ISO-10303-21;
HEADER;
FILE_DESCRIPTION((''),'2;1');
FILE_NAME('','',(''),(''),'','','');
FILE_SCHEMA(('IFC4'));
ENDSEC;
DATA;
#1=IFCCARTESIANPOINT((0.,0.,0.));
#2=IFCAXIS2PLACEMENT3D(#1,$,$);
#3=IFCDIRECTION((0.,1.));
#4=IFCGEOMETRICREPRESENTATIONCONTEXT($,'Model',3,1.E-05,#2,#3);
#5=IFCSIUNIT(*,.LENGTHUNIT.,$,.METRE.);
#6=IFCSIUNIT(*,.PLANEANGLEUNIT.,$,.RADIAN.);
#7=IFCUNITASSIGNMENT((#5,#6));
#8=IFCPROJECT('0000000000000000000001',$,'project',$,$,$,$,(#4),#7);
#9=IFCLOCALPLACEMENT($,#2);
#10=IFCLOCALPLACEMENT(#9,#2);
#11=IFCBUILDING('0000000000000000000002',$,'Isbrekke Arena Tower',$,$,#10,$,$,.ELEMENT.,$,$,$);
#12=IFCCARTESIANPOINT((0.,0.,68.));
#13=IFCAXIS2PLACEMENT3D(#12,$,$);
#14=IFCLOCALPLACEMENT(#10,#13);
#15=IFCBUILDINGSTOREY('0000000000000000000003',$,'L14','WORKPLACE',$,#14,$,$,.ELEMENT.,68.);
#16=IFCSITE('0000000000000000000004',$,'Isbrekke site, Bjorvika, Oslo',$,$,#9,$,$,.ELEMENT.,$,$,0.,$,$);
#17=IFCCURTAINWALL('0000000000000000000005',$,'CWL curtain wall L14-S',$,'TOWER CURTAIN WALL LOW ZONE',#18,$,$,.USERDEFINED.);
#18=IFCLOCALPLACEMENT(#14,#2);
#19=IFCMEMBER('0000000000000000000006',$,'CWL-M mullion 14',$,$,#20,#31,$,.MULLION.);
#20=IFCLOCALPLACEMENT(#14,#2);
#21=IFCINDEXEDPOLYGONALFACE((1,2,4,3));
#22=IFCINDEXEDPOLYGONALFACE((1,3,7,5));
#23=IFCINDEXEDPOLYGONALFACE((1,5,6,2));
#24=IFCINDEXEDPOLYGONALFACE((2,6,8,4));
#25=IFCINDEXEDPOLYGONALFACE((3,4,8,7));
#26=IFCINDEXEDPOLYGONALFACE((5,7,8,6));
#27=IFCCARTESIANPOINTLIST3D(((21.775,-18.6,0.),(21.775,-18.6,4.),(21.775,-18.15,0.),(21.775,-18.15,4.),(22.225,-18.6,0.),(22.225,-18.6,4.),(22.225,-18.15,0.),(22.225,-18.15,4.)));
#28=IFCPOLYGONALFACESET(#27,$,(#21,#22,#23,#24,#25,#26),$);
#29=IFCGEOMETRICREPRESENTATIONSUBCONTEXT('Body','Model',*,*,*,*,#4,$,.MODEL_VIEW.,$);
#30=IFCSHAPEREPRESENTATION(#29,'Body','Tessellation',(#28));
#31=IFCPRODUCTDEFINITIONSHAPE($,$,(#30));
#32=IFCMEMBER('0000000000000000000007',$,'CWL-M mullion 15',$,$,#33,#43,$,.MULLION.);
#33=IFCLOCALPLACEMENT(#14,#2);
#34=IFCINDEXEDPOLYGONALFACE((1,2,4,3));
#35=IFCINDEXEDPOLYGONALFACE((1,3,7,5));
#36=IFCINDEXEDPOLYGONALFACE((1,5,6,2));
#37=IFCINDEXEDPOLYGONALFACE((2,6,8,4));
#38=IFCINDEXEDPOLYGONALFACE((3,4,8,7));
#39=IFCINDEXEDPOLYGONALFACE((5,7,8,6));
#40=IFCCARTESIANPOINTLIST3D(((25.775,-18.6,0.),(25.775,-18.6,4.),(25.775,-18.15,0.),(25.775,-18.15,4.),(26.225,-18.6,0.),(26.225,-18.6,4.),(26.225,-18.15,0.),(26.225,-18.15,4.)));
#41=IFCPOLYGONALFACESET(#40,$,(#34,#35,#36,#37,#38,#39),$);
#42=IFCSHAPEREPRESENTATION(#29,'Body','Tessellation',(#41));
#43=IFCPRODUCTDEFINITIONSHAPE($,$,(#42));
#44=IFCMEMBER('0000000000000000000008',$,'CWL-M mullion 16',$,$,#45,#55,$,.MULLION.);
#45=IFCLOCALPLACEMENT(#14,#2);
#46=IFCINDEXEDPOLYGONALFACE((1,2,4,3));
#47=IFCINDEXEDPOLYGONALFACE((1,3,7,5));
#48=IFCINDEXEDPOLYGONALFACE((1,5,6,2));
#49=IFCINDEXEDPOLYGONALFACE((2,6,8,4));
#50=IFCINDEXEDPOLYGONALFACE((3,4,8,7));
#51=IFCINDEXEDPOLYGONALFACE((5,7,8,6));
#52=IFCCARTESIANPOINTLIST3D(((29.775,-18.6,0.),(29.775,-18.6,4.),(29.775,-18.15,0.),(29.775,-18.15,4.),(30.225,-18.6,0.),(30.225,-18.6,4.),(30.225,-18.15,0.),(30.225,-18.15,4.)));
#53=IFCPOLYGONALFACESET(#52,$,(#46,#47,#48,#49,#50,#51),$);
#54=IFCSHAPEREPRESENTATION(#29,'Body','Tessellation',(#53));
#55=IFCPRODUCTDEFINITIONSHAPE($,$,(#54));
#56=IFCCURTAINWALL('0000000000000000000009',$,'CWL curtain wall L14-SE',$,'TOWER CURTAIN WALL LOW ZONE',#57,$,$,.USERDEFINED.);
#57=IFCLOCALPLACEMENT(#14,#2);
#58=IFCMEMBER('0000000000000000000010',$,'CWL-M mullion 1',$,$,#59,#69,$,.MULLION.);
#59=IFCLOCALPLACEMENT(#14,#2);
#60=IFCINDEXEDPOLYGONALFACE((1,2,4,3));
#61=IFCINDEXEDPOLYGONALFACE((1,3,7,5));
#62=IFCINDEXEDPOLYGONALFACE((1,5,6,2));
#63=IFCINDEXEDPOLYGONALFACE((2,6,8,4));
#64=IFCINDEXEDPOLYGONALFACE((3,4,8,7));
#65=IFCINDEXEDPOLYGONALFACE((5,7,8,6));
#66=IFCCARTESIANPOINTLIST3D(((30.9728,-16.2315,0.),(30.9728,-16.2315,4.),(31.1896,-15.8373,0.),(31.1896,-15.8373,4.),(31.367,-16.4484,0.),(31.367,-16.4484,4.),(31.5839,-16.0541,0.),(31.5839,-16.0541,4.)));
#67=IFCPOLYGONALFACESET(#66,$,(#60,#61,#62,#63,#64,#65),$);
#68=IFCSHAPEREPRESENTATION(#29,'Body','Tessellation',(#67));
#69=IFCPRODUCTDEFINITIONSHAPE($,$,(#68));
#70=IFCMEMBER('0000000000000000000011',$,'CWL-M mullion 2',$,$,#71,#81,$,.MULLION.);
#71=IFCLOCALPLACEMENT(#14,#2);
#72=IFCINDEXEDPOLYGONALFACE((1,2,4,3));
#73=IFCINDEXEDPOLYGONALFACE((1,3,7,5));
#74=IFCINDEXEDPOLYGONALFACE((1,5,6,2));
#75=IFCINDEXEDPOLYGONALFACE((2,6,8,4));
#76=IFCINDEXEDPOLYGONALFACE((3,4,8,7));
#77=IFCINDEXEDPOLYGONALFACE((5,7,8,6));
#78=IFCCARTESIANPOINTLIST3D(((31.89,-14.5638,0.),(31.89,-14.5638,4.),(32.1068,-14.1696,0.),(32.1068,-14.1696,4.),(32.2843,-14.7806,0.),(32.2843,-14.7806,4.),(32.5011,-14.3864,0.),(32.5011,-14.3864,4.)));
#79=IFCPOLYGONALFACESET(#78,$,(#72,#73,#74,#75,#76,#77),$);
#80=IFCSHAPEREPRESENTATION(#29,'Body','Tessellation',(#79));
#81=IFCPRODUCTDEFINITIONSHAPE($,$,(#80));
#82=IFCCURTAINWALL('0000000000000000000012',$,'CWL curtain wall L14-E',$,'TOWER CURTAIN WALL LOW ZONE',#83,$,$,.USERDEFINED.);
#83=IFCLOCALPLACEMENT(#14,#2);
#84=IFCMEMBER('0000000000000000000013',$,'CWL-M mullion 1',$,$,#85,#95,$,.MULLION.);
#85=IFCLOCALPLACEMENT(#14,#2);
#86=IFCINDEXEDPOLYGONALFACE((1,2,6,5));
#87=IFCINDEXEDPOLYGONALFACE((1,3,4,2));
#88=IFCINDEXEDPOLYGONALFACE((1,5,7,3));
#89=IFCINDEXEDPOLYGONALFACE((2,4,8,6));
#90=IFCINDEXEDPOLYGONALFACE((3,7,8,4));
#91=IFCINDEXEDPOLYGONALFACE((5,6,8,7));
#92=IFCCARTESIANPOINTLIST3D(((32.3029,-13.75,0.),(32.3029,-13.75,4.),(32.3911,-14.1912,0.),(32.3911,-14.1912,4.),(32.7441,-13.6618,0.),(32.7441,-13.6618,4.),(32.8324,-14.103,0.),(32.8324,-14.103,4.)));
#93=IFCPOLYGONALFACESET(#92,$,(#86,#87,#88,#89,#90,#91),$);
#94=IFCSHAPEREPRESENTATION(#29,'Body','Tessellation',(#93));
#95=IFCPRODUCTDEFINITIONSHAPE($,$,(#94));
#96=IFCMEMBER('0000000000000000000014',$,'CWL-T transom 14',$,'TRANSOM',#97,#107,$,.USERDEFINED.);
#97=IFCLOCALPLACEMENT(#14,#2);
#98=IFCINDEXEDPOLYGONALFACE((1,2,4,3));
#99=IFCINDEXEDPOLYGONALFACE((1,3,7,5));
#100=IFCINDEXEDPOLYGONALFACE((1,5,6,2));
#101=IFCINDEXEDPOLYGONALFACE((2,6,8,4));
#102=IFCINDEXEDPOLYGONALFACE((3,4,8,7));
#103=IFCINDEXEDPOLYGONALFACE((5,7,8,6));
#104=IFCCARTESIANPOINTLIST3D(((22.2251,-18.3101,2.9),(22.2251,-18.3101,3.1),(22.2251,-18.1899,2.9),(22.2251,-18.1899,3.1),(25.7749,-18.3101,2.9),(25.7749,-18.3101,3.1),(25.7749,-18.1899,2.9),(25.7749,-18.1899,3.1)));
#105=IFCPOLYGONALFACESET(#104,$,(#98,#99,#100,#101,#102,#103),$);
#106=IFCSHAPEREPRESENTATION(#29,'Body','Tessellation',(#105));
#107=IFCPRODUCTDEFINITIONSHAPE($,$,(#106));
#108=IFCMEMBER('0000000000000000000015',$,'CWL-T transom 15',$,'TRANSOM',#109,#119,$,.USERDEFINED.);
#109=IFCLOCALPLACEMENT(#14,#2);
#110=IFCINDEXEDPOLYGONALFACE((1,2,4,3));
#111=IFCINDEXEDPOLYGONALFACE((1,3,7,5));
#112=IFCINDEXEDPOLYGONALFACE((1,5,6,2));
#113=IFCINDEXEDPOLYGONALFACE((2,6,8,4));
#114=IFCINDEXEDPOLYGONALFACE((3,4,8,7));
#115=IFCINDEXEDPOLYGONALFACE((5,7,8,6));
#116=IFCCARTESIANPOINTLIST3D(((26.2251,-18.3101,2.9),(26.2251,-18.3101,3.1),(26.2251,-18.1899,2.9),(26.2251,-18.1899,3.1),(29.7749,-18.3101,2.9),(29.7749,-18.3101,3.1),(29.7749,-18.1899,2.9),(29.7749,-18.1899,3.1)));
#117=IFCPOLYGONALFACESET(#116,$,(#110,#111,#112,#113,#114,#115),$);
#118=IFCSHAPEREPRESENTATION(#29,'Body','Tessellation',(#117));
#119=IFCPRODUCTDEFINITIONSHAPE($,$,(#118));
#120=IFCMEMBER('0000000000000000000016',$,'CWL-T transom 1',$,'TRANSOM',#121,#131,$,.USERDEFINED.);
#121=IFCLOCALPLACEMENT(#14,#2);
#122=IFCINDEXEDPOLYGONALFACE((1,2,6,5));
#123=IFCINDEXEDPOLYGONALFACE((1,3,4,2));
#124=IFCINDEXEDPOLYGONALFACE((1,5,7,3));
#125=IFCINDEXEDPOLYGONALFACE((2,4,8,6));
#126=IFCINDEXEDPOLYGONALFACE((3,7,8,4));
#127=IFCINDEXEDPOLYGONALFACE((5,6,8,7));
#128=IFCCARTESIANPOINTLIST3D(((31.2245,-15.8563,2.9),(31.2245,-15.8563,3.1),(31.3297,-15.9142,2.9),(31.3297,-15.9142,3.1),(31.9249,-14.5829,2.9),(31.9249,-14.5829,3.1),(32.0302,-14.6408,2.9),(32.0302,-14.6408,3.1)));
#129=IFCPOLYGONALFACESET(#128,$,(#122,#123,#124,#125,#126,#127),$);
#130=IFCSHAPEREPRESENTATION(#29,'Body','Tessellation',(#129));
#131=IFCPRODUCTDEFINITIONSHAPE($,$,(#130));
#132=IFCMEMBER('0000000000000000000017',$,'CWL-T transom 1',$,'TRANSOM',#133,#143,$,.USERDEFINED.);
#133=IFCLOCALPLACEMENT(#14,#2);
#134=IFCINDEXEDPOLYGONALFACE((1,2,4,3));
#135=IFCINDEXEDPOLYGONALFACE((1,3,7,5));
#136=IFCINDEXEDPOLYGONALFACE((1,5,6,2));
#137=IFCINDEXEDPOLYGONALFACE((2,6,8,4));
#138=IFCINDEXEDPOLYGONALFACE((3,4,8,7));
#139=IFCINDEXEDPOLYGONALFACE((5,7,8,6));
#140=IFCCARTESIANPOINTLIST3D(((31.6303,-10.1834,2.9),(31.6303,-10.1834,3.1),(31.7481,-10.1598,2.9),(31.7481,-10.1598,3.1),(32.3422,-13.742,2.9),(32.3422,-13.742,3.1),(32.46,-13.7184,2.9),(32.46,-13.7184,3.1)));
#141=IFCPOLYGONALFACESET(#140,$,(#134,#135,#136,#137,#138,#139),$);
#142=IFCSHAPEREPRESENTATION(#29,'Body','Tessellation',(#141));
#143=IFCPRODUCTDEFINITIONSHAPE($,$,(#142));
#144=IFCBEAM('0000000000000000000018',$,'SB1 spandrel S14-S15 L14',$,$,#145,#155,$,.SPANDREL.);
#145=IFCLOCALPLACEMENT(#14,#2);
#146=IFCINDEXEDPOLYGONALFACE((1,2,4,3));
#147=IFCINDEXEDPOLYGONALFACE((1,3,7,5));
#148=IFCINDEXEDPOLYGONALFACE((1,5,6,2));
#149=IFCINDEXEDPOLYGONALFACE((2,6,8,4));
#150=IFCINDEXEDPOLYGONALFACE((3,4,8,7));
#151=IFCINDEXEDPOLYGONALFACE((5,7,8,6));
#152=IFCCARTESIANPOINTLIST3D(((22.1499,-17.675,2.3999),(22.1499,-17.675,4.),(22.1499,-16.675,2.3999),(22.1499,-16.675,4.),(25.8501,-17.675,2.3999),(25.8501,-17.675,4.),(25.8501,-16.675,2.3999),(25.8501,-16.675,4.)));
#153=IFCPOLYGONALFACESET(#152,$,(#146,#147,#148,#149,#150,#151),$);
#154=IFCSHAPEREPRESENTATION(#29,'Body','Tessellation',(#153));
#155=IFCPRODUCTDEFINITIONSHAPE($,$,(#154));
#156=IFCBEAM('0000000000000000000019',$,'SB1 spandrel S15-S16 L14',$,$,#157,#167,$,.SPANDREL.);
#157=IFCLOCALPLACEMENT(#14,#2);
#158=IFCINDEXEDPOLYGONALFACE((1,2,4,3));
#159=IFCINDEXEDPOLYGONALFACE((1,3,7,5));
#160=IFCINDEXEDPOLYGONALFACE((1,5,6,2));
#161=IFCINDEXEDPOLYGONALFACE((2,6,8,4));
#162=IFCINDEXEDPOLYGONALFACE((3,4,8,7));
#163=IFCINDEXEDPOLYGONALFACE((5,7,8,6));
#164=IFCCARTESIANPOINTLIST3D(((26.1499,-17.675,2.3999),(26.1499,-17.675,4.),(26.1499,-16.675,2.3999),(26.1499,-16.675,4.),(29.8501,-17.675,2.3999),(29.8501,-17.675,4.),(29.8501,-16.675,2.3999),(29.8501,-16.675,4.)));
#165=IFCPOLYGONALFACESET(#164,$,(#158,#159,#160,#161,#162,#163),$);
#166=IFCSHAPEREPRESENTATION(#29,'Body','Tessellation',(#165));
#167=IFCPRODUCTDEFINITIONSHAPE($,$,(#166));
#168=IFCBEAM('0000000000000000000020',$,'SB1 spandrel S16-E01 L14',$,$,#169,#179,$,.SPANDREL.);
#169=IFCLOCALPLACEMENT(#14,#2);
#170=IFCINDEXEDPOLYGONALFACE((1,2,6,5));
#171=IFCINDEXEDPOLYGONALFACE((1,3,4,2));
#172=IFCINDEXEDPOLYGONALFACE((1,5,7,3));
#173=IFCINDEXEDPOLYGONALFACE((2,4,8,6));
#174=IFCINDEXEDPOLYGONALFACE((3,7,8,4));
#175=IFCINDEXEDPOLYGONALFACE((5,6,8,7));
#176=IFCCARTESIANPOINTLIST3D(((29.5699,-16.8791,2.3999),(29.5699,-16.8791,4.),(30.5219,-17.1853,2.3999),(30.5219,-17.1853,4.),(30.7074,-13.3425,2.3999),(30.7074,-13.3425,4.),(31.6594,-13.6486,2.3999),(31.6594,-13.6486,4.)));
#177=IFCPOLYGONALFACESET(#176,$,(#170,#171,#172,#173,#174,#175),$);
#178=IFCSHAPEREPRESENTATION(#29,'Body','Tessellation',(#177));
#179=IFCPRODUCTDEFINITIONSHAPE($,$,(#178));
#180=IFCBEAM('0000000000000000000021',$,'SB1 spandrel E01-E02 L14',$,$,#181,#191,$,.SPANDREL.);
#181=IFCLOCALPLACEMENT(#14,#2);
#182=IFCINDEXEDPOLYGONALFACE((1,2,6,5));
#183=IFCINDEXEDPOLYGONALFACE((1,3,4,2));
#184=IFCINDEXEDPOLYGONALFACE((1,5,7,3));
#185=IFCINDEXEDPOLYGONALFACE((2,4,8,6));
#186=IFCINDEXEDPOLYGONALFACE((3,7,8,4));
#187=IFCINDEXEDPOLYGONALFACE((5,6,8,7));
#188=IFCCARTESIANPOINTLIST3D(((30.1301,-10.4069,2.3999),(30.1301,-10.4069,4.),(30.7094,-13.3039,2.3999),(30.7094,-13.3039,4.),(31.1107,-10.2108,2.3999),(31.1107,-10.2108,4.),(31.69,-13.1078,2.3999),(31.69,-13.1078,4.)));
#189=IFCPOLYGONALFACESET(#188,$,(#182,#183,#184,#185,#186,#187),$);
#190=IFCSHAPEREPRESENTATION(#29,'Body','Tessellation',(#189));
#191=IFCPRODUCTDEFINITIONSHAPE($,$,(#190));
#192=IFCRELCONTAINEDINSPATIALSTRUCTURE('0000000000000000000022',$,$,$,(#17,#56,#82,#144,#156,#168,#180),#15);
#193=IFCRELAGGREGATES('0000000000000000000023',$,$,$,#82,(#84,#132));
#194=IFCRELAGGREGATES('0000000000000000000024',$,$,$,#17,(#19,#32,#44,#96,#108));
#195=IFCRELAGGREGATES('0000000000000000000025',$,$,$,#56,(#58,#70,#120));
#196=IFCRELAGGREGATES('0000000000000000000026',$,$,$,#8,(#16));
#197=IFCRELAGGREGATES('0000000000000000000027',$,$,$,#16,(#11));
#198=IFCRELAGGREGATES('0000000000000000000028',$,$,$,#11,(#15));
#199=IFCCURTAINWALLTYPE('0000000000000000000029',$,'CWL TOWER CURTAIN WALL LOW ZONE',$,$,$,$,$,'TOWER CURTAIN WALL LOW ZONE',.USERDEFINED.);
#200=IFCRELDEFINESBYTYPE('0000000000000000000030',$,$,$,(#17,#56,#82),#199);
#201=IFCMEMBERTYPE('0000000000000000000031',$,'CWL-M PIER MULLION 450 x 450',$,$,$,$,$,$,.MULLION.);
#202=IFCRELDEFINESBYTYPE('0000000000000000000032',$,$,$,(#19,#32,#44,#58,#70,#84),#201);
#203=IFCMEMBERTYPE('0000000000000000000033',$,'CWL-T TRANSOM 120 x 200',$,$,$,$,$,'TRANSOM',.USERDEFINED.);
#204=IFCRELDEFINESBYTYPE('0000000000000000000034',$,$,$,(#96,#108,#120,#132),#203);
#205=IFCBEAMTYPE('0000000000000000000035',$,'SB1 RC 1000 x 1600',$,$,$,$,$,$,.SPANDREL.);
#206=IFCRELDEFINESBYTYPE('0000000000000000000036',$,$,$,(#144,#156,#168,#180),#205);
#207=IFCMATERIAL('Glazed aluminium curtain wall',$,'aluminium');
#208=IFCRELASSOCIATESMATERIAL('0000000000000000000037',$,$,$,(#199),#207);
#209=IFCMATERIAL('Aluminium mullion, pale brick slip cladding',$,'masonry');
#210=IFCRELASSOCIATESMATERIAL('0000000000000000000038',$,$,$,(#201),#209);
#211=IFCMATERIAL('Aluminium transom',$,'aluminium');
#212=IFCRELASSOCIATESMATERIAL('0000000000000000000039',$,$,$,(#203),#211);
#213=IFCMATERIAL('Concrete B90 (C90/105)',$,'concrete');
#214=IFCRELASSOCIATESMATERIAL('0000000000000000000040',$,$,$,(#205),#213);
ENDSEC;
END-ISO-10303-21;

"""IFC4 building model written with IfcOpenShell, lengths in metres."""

from ifc_helpers import new_model, si_unit, direction, frame, origin, origin_2d, place, context, subcontext, project, spatial, rectangle, extrude, material, material_profile, profile_set, type_object, element, aggregate, save


model = new_model("IFC4")

# Units and contexts
model_context = context("Model", 3, precision=1e-05, world=origin(), true_north=direction((0.0, 1.0)))
body_context = subcontext(model_context, "Body", "Model", "MODEL_VIEW")
ifc_project = project(units=[si_unit("LENGTHUNIT", "METRE"), si_unit("PLANEANGLEUNIT", "RADIAN")], contexts=[model_context])

# Site, building, storey
site_placement = place(None, origin())
site = spatial("IfcSite", under=ifc_project, at=site_placement, Name="Isbrekke site, Bjorvika, Oslo", CompositionType="ELEMENT", RefElevation=0.0)
building_placement = place(site_placement, origin())
building = spatial("IfcBuilding", under=site, at=building_placement, Name="Isbrekke Arena Tower", CompositionType="ELEMENT")
storey_placement = place(building_placement, frame((0.0, 0.0, 68.0)))
storey = spatial("IfcBuildingStorey", under=building, at=storey_placement, Name="L14", Description="WORKPLACE", CompositionType="ELEMENT", Elevation=68.0)

# Curtain walls, members
ifc_material_1 = material(Name="Glazed aluminium curtain wall", Category="aluminium")
curtain_wall_type = type_object("IfcCurtainWallType", Name="CWL TOWER CURTAIN WALL LOW ZONE", ElementType="TOWER CURTAIN WALL LOW ZONE", PredefinedType="USERDEFINED", material=ifc_material_1)
curtain_wall_1_placement = place(storey_placement, origin())
curtain_wall_1 = element("IfcCurtainWall", 1, at=curtain_wall_1_placement, inside=storey, type_object=curtain_wall_type, Name="CWL curtain wall L14-S", ObjectType="TOWER CURTAIN WALL LOW ZONE", PredefinedType="USERDEFINED")
ifc_material_2 = material(Name="Aluminium mullion, pale brick slip cladding", Category="masonry")
ifc_material_profile_1 = material_profile(ifc_material_2, rectangle(XDim=0.45, YDim=0.45, at=origin_2d()), Name="PIER 450X450")
ifc_profile_set_1 = profile_set([ifc_material_profile_1], Name="Aluminium mullion, pale brick slip cladding")
member_type_1 = type_object("IfcMemberType", Name="CWL-M PIER MULLION 450 x 450", PredefinedType="MULLION", material=ifc_profile_set_1)
member_1_placement = place(storey_placement, frame((22.0, -18.375, 0.0), z_axis=(0.0, 0.0, 1.0), x_axis=(1.0, 0.0, 0.0)))
member_1 = element("IfcMember", 2, at=member_1_placement, type_object=member_type_1, Name="CWL-M mullion 14", PredefinedType="MULLION", context=body_context, shape_type="SweptSolid", body=[
    extrude(rectangle(XDim=0.45, YDim=0.45, at=origin_2d()), origin(), (0.0, 0.0, 1.0), 4.0),
])
member_2_placement = place(storey_placement, frame((26.0, -18.375, 0.0), z_axis=(0.0, 0.0, 1.0), x_axis=(1.0, 0.0, 0.0)))
member_2 = element("IfcMember", 3, at=member_2_placement, type_object=member_type_1, Name="CWL-M mullion 15", PredefinedType="MULLION", context=body_context, shape_type="SweptSolid", body=[
    extrude(rectangle(XDim=0.45, YDim=0.45, at=origin_2d()), origin(), (0.0, 0.0, 1.0), 4.0),
])
member_3_placement = place(storey_placement, frame((30.0, -18.375, 0.0), z_axis=(0.0, 0.0, 1.0), x_axis=(1.0, 0.0, 0.0)))
member_3 = element("IfcMember", 4, at=member_3_placement, type_object=member_type_1, Name="CWL-M mullion 16", PredefinedType="MULLION", context=body_context, shape_type="SweptSolid", body=[
    extrude(rectangle(XDim=0.45, YDim=0.45, at=origin_2d()), origin(), (0.0, 0.0, 1.0), 4.0),
])
curtain_wall_2_placement = place(storey_placement, origin())
curtain_wall_2 = element("IfcCurtainWall", 5, at=curtain_wall_2_placement, inside=storey, type_object=curtain_wall_type, Name="CWL curtain wall L14-SE", ObjectType="TOWER CURTAIN WALL LOW ZONE", PredefinedType="USERDEFINED")
member_4_placement = place(storey_placement, frame((31.2783, -16.1428, 0.0), z_axis=(0.0, 0.0, 1.0), x_axis=(0.481919, 0.876216, 0.0)))
member_4 = element("IfcMember", 6, at=member_4_placement, type_object=member_type_1, Name="CWL-M mullion 1", PredefinedType="MULLION", context=body_context, shape_type="SweptSolid", body=[
    extrude(rectangle(XDim=0.45, YDim=0.45, at=origin_2d()), origin(), (0.0, 0.0, 1.0), 4.0),
])
member_5_placement = place(storey_placement, frame((32.1956, -14.4751, 0.0), z_axis=(0.0, 0.0, 1.0), x_axis=(0.481919, 0.876216, 0.0)))
member_5 = element("IfcMember", 7, at=member_5_placement, type_object=member_type_1, Name="CWL-M mullion 2", PredefinedType="MULLION", context=body_context, shape_type="SweptSolid", body=[
    extrude(rectangle(XDim=0.45, YDim=0.45, at=origin_2d()), origin(), (0.0, 0.0, 1.0), 4.0),
])

# Curtain wall, member
curtain_wall_3_placement = place(storey_placement, origin())
curtain_wall_3 = element("IfcCurtainWall", 8, at=curtain_wall_3_placement, inside=storey, type_object=curtain_wall_type, Name="CWL curtain wall L14-E", ObjectType="TOWER CURTAIN WALL LOW ZONE", PredefinedType="USERDEFINED")
member_6_placement = place(storey_placement, frame((32.5676, -13.9265, 0.0), z_axis=(0.0, 0.0, 1.0), x_axis=(-0.196116, 0.980581, 0.0)))
member_6 = element("IfcMember", 9, at=member_6_placement, type_object=member_type_1, Name="CWL-M mullion 1", PredefinedType="MULLION", context=body_context, shape_type="SweptSolid", body=[
    extrude(rectangle(XDim=0.45, YDim=0.45, at=origin_2d()), origin(), (0.0, 0.0, 1.0), 4.0),
])

# Members
ifc_material_3 = material(Name="Aluminium transom", Category="aluminium")
ifc_material_profile_2 = material_profile(ifc_material_3, rectangle(XDim=0.1201, YDim=0.2, at=origin_2d()), Name="TRANSOM 120X200")
ifc_profile_set_2 = profile_set([ifc_material_profile_2], Name="Aluminium transom")
member_type_2 = type_object("IfcMemberType", Name="CWL-T TRANSOM 120 x 200", ElementType="TRANSOM", PredefinedType="USERDEFINED", material=ifc_profile_set_2)
member_7_placement = place(storey_placement, frame((22.2251, -18.25, 3.0), z_axis=(1.0, 0.0, 0.0), x_axis=(0.0, 1.0, 0.0)))
member_7 = element("IfcMember", 10, at=member_7_placement, type_object=member_type_2, Name="CWL-T transom 14", ObjectType="TRANSOM", PredefinedType="USERDEFINED", context=body_context, shape_type="SweptSolid", body=[
    extrude(rectangle(XDim=0.1201, YDim=0.2, at=origin_2d()), origin(), (0.0, 0.0, 1.0), 3.5498),
])
member_8_placement = place(storey_placement, frame((26.2251, -18.25, 3.0), z_axis=(1.0, 0.0, 0.0), x_axis=(0.0, 1.0, 0.0)))
member_8 = element("IfcMember", 11, at=member_8_placement, type_object=member_type_2, Name="CWL-T transom 15", ObjectType="TRANSOM", PredefinedType="USERDEFINED", context=body_context, shape_type="SweptSolid", body=[
    extrude(rectangle(XDim=0.1201, YDim=0.2, at=origin_2d()), origin(), (0.0, 0.0, 1.0), 3.5498),
])
member_9_placement = place(storey_placement, frame((31.2771, -15.8853, 3.0), z_axis=(0.481945, 0.876202, 0.0), x_axis=(-0.876202, 0.481945, 0.0)))
member_9 = element("IfcMember", 12, at=member_9_placement, type_object=member_type_2, Name="CWL-T transom 1", ObjectType="TRANSOM", PredefinedType="USERDEFINED", context=body_context, shape_type="SweptSolid", body=[
    extrude(rectangle(XDim=0.1201, YDim=0.2, at=origin_2d()), origin(), (0.0, 0.0, 1.0), 1.4534),
])
member_10_placement = place(storey_placement, frame((32.4011, -13.7302, 3.0), z_axis=(-0.196168, 0.98057, 0.0), x_axis=(-0.98057, -0.196168, 0.0)))
member_10 = element("IfcMember", 13, at=member_10_placement, type_object=member_type_2, Name="CWL-T transom 1", ObjectType="TRANSOM", PredefinedType="USERDEFINED", context=body_context, shape_type="SweptSolid", body=[
    extrude(rectangle(XDim=0.1201, YDim=0.2, at=origin_2d()), origin(), (0.0, 0.0, 1.0), 3.6292),
])
aggregate(curtain_wall_3, [member_6, member_10])

# Beams
ifc_material_4 = material(Name="Concrete B90 (C90/105)", Category="concrete")
ifc_material_profile_3 = material_profile(ifc_material_4, rectangle(XDim=1.0, YDim=1.6001, at=origin_2d()), Name="RC 1000x1600")
ifc_profile_set_3 = profile_set([ifc_material_profile_3], Name="Concrete B90 (C90/105)")
beam_type_1 = type_object("IfcBeamType", Name="SB1 RC 1000 x 1600", PredefinedType="SPANDREL", material=ifc_profile_set_3)
for number, where, z_axis, x_axis, name in (
    (14, (22.1499, -17.175, 3.2), (1.0, 0.0, 0.0), (0.0, 1.0, 0.0), "SB1 spandrel S14-S15 L14"),
    (15, (26.1499, -17.175, 3.2), (1.0, 0.0, 0.0), (0.0, 1.0, 0.0), "SB1 spandrel S15-S16 L14"),
):
    element("IfcBeam", number, at=place(storey_placement, frame(where, z_axis=z_axis, x_axis=x_axis)), inside=storey, type_object=beam_type_1, Name=name, PredefinedType="SPANDREL", context=body_context, shape_type="SweptSolid", body=[
        extrude(rectangle(XDim=1.0, YDim=1.6001, at=origin_2d()), origin(), (0.0, 0.0, 1.0), 3.7002),
    ])
beam_1_placement = place(storey_placement, frame((30.0459, -17.0322, 3.2), z_axis=(0.306175, 0.951975, 0.0), x_axis=(-0.951975, 0.306175, 0.0)))
element("IfcBeam", 16, at=beam_1_placement, inside=storey, type_object=beam_type_1, Name="SB1 spandrel S16-E01 L14", PredefinedType="SPANDREL", context=body_context, shape_type="SweptSolid", body=[
    extrude(rectangle(XDim=1.0, YDim=1.6001, at=origin_2d()), origin(), (0.0, 0.0, 1.0), 3.7151),
])
beam_2_placement = place(storey_placement, frame((31.1997, -13.2058, 3.2), z_axis=(-0.1961, 0.980584, 0.0), x_axis=(-0.980584, -0.1961, 0.0)))
element("IfcBeam", 17, at=beam_2_placement, inside=storey, type_object=beam_type_1, Name="SB1 spandrel E01-E02 L14", PredefinedType="SPANDREL", context=body_context, shape_type="SweptSolid", body=[
    extrude(rectangle(XDim=1.0, YDim=1.6001, at=origin_2d()), origin(), (0.0, 0.0, 1.0), 2.9543),
])

aggregate(curtain_wall_1, [member_1, member_2, member_3, member_7, member_8])
aggregate(curtain_wall_2, [member_4, member_5, member_9])

save(model, "model.ifc")
